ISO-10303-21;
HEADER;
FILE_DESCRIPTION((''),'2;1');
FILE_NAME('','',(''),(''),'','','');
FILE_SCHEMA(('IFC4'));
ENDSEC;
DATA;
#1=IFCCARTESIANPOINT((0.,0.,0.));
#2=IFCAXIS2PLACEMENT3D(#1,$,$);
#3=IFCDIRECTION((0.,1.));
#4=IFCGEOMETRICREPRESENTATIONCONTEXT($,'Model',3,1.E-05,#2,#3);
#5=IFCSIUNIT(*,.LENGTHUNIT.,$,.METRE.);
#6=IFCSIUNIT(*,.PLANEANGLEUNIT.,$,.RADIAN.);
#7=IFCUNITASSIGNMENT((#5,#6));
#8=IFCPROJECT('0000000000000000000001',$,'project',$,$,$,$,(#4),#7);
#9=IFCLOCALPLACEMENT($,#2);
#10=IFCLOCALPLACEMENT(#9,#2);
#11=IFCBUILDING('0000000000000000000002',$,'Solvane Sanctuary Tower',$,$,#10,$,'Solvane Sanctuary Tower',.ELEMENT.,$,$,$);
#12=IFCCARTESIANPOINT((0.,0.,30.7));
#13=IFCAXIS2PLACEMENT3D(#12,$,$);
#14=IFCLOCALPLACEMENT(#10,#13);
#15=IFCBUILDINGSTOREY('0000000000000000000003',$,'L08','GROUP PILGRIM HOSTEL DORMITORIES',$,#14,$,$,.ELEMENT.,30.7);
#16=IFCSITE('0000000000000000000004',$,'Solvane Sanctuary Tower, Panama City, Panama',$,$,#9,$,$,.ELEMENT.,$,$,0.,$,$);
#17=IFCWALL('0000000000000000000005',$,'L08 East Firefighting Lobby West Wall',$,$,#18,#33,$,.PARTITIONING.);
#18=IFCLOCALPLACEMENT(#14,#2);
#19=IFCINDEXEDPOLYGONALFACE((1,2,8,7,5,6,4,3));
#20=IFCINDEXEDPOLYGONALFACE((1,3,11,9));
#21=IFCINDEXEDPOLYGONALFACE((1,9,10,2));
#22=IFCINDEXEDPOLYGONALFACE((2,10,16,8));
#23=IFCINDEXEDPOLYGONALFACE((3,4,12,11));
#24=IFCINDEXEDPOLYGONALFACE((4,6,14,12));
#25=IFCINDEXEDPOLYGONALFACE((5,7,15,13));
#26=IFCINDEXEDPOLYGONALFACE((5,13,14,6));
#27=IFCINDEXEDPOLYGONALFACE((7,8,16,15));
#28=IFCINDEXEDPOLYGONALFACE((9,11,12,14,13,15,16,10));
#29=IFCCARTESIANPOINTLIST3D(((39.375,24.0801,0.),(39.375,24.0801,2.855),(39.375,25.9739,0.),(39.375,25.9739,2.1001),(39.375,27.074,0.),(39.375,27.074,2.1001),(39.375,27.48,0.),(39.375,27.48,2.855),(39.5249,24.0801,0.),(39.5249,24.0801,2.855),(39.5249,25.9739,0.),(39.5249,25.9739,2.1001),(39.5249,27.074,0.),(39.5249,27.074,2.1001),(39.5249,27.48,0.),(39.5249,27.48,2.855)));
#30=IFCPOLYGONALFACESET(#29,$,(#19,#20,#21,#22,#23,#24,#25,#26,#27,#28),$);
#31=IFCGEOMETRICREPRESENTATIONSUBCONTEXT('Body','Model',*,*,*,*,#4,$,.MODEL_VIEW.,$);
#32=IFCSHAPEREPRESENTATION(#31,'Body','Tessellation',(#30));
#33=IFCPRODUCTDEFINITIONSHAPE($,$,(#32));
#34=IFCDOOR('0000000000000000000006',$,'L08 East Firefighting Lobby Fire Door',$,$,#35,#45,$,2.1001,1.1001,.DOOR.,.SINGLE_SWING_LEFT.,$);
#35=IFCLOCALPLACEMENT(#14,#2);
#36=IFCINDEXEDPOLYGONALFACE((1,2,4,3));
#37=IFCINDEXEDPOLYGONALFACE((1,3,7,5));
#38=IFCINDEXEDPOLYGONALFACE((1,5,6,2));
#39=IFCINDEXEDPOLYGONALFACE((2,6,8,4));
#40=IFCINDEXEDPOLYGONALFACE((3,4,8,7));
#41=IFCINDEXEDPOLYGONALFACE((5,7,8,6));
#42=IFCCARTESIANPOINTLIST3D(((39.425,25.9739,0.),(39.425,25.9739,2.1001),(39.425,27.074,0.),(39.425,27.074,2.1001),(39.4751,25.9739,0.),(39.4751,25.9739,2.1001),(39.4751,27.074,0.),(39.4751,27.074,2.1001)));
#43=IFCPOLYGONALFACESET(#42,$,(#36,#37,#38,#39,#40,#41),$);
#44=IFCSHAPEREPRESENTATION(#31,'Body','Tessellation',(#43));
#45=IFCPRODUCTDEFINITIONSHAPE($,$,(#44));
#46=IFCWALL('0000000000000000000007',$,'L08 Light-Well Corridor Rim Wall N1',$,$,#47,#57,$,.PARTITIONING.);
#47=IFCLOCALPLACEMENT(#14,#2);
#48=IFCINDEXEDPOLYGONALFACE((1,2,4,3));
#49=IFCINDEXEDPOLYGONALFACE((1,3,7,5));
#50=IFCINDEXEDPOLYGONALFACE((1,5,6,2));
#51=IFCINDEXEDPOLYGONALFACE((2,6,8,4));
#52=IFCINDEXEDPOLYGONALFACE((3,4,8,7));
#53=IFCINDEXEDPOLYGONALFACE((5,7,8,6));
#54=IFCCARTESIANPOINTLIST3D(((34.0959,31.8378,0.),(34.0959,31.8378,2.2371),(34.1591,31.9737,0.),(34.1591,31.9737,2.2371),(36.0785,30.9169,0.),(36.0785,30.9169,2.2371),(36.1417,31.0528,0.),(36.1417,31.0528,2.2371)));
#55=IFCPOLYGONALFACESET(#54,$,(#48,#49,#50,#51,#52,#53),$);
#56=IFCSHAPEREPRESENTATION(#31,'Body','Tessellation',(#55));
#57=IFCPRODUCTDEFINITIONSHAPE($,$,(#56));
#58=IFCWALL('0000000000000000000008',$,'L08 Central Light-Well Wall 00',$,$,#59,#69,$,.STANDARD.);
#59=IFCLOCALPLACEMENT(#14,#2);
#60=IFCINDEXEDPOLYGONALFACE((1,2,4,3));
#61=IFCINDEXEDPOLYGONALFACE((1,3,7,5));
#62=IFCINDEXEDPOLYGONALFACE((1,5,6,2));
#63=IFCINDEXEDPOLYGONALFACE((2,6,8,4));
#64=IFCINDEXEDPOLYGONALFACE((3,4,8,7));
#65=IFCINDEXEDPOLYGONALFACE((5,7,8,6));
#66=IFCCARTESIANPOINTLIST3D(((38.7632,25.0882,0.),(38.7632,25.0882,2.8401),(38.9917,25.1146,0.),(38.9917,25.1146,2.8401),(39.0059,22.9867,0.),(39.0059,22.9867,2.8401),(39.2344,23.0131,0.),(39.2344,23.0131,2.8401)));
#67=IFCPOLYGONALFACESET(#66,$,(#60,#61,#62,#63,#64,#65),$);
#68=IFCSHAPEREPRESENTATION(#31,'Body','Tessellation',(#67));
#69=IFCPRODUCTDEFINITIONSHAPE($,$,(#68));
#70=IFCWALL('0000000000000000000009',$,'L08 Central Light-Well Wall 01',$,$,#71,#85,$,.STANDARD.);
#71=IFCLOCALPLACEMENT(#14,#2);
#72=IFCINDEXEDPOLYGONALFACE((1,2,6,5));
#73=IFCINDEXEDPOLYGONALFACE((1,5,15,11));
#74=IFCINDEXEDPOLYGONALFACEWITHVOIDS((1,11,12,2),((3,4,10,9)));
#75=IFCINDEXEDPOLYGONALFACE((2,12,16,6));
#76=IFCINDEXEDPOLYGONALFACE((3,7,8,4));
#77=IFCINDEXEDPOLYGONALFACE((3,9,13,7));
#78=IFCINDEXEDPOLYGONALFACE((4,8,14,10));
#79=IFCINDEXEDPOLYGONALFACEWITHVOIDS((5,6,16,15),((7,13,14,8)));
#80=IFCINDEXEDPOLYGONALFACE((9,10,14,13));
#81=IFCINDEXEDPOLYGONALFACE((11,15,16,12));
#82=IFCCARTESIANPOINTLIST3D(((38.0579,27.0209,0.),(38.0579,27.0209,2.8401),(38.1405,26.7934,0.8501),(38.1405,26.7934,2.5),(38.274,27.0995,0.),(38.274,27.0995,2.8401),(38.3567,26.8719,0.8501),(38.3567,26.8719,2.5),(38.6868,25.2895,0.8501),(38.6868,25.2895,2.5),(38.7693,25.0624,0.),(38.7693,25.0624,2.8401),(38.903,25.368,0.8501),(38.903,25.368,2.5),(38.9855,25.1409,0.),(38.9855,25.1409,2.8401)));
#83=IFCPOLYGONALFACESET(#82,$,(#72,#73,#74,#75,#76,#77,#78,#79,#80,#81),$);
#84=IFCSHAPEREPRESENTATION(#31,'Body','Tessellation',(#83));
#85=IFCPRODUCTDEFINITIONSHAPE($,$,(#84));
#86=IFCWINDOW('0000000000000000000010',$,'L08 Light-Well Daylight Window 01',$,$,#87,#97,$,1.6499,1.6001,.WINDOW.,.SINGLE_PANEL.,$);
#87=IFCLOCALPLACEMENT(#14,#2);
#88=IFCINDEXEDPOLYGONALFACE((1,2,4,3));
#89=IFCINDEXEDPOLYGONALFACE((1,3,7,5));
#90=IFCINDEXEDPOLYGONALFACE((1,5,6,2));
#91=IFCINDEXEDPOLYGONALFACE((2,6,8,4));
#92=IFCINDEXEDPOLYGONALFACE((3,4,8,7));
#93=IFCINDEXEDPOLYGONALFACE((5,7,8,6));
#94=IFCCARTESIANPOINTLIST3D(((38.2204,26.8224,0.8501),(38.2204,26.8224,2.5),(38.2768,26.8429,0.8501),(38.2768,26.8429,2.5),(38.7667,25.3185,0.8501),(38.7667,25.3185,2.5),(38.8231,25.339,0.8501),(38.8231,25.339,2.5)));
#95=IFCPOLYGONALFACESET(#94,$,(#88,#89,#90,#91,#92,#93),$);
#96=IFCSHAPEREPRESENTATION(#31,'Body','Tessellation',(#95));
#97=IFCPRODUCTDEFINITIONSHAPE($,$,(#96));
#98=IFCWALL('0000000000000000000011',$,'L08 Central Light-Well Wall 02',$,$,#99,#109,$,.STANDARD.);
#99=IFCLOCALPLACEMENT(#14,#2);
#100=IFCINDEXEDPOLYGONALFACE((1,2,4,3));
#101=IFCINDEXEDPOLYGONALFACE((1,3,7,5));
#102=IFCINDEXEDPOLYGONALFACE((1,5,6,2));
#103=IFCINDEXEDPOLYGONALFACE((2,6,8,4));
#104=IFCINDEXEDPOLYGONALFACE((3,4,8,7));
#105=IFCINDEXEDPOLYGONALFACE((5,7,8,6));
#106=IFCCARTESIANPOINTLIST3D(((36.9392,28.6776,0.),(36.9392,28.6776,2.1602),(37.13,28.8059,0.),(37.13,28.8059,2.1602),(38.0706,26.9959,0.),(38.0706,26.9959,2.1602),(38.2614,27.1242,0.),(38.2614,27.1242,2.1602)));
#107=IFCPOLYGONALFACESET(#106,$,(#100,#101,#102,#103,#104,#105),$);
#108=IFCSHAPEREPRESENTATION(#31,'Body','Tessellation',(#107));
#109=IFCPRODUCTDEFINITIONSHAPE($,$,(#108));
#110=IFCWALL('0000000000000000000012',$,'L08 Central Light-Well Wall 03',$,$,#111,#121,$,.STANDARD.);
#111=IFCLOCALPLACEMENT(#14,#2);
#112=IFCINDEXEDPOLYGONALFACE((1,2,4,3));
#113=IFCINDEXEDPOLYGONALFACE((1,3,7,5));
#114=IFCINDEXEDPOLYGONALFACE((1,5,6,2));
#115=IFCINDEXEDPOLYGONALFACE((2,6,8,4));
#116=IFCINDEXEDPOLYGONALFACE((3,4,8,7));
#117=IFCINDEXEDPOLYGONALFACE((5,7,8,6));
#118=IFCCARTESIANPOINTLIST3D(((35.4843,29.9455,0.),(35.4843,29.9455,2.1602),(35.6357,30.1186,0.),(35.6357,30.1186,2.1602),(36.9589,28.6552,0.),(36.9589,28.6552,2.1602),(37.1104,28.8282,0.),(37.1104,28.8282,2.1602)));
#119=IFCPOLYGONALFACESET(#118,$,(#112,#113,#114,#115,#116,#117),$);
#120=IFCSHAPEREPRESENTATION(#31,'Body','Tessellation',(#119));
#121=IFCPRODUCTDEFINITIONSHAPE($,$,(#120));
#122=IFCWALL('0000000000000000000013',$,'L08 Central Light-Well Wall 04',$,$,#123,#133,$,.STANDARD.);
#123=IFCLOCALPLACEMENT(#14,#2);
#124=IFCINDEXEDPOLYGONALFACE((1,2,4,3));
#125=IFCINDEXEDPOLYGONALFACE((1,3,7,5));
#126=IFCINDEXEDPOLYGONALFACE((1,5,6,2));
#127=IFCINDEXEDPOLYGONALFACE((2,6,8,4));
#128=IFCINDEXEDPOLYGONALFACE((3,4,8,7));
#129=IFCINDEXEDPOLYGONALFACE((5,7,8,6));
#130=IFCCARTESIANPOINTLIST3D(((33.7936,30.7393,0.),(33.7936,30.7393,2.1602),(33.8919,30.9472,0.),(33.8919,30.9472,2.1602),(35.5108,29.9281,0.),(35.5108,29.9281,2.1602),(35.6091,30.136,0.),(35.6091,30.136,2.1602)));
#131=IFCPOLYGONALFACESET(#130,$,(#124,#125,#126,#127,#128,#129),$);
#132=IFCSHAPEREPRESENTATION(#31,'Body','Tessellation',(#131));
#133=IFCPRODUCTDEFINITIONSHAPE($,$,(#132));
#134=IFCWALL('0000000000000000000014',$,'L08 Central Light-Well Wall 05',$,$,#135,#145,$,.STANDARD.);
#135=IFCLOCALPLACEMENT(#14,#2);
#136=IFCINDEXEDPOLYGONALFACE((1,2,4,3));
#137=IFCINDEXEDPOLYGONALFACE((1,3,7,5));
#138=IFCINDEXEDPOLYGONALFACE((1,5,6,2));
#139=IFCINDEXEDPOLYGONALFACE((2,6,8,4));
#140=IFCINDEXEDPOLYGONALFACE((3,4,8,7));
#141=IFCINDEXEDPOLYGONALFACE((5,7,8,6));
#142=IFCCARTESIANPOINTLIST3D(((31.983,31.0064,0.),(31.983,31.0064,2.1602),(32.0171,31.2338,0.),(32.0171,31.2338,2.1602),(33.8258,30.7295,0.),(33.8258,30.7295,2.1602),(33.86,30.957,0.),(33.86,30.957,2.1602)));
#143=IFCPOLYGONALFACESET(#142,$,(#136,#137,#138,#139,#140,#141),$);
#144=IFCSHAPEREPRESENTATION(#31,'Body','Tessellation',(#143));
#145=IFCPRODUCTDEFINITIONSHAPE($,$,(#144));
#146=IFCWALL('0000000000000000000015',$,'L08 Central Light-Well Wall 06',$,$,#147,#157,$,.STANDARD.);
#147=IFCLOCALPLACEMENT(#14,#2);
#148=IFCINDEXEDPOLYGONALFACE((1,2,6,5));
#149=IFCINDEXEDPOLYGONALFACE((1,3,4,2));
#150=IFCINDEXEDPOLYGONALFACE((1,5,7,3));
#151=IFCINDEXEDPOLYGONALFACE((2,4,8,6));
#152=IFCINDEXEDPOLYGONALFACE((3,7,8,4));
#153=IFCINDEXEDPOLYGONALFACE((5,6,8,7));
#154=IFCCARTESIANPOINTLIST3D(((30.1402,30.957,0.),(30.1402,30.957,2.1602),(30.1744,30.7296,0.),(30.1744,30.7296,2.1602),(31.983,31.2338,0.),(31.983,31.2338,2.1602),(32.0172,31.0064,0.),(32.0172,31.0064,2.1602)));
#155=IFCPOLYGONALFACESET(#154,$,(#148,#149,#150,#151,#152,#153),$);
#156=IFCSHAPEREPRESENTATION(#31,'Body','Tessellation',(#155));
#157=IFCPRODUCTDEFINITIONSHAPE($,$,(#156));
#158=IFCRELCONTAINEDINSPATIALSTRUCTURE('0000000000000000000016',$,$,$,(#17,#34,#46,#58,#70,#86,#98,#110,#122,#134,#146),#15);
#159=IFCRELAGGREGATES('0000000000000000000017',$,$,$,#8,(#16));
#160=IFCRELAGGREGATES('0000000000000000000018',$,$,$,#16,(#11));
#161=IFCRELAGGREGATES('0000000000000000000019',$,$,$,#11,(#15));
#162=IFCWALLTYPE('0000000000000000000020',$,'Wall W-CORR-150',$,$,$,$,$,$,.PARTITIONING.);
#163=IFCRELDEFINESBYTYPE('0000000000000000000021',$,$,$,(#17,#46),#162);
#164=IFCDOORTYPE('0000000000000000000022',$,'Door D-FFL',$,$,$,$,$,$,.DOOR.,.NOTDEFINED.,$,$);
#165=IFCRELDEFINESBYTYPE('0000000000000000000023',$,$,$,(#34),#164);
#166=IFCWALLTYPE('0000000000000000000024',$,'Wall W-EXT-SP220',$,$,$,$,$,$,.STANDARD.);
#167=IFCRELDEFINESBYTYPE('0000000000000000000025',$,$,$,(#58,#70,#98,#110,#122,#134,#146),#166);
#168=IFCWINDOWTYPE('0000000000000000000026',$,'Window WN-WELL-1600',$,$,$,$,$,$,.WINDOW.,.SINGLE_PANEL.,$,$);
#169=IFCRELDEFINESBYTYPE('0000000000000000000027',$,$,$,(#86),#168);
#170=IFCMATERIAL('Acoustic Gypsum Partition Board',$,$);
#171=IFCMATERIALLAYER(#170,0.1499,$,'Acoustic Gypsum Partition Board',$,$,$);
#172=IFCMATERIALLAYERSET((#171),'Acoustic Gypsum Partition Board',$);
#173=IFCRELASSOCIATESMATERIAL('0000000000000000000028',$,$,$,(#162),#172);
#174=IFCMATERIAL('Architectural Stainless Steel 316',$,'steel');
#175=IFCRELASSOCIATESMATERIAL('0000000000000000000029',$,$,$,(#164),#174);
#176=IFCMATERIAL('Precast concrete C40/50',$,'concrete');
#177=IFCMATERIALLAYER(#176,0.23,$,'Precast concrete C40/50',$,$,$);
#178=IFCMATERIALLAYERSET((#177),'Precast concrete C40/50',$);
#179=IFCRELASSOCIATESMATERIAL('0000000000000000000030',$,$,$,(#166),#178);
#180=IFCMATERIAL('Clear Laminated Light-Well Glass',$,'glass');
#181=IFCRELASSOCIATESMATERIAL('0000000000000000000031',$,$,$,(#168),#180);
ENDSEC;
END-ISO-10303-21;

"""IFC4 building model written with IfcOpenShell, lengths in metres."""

from ifc_helpers import new_model, si_unit, direction, frame, frame_2d, origin, place, context, subcontext, project, spatial, rectangle, extrude, material, layer, layer_set, type_object, element, fill, save


model = new_model("IFC4")

# Units and contexts
model_context = context("Model", 3, precision=1e-05, world=origin(), true_north=direction((0.0, 1.0)))
body_context = subcontext(model_context, "Body", "Model", "MODEL_VIEW")
ifc_project = project(units=[si_unit("LENGTHUNIT", "METRE"), si_unit("PLANEANGLEUNIT", "RADIAN")], contexts=[model_context])

# Site, building, storey
site_placement = place(None, origin())
site = spatial("IfcSite", under=ifc_project, at=site_placement, Name="Solvane Sanctuary Tower, Panama City, Panama", CompositionType="ELEMENT", RefElevation=0.0)
building_placement = place(site_placement, origin())
building = spatial("IfcBuilding", under=site, at=building_placement, Name="Solvane Sanctuary Tower", LongName="Solvane Sanctuary Tower", CompositionType="ELEMENT")
storey_placement = place(building_placement, frame((0.0, 0.0, 30.7)))
storey = spatial("IfcBuildingStorey", under=building, at=storey_placement, Name="L08", Description="GROUP PILGRIM HOSTEL DORMITORIES", CompositionType="ELEMENT", Elevation=30.7)

# Shared definitions
ifc_material_1 = material(Name="Acoustic Gypsum Partition Board")
ifc_layer_1 = layer(ifc_material_1, 0.1499, Name="Acoustic Gypsum Partition Board")
ifc_layer_set_1 = layer_set([ifc_layer_1], Name="Acoustic Gypsum Partition Board")
wall_type_1 = type_object("IfcWallType", Name="Wall W-CORR-150", PredefinedType="PARTITIONING", material=ifc_layer_set_1)

# Wall, opening, door
wall_1_placement = place(storey_placement, frame((39.45, 24.0801, 0.0), z_axis=(0.0, 0.0, 1.0), x_axis=(0.0, 1.0, 0.0)))
wall_1 = element("IfcWall", 1, at=wall_1_placement, inside=storey, type_object=wall_type_1, Name="L08 East Firefighting Lobby West Wall", PredefinedType="PARTITIONING", context=body_context, shape_type="SweptSolid", body=[
    extrude(rectangle(XDim=3.3999, YDim=0.1499, at=frame_2d((1.7, 0.0))), origin(), (0.0, 0.0, 1.0), 2.855),
])
opening_1_placement = place(wall_1_placement, frame((1.8938, 0.0, 0.0)))
opening_1 = element("IfcOpeningElement", 2, at=opening_1_placement, cuts=wall_1, PredefinedType="OPENING", context=body_context, shape_type="SweptSolid", body=[
    extrude(rectangle(XDim=1.1001, YDim=2.1001, at=frame_2d((0.55, 1.05))), frame((0.0, 0.085, 0.0), z_axis=(0.0, -1.0, 0.0), x_axis=(1.0, 0.0, 0.0)), (0.0, 0.0, 1.0), 0.1699),
])
ifc_material_2 = material(Name="Architectural Stainless Steel 316", Category="steel")
door_type = type_object("IfcDoorType", Name="Door D-FFL", OperationType="NOTDEFINED", PredefinedType="DOOR", material=ifc_material_2)
door_placement = place(opening_1_placement, origin())
door = element("IfcDoor", 3, at=door_placement, inside=storey, type_object=door_type, Name="L08 East Firefighting Lobby Fire Door", OperationType="SINGLE_SWING_LEFT", OverallHeight=2.1001, OverallWidth=1.1001, PredefinedType="DOOR", context=body_context, shape_type="SweptSolid", body=[
    extrude(rectangle(XDim=1.1001, YDim=2.1001, at=frame_2d((0.55, 1.05))), frame((0.0, 0.0249, 0.0), z_axis=(0.0, -1.0, 0.0), x_axis=(1.0, 0.0, 0.0)), (0.0, 0.0, 1.0), 0.05),
])
fill(opening_1, door)

# Walls
wall_2_placement = place(storey_placement, frame((36.1101, 30.9849, 0.0), z_axis=(0.0, 0.0, 1.0), x_axis=(-0.906943, 0.421252, 0.0)))
element("IfcWall", 4, at=wall_2_placement, inside=storey, type_object=wall_type_1, Name="L08 Light-Well Corridor Rim Wall N1", PredefinedType="PARTITIONING", context=body_context, shape_type="SweptSolid", body=[
    extrude(rectangle(XDim=2.186, YDim=0.1499, at=frame_2d((1.093, 0.0))), origin(), (0.0, 0.0, 1.0), 2.2371),
])
ifc_material_3 = material(Name="Precast concrete C40/50", Category="concrete")
ifc_layer_2 = layer(ifc_material_3, 0.23, Name="Precast concrete C40/50")
ifc_layer_set_2 = layer_set([ifc_layer_2], Name="Precast concrete C40/50")
wall_type_2 = type_object("IfcWallType", Name="Wall W-EXT-SP220", PredefinedType="STANDARD", material=ifc_layer_set_2)
wall_3_placement = place(storey_placement, frame((39.1201, 23.0, 0.0), z_axis=(0.0, 0.0, 1.0), x_axis=(-0.114712, 0.993399, 0.0)))
element("IfcWall", 5, at=wall_3_placement, inside=storey, type_object=wall_type_2, Name="L08 Central Light-Well Wall 00", PredefinedType="STANDARD", context=body_context, shape_type="SweptSolid", body=[
    extrude(rectangle(XDim=2.1155, YDim=0.23, at=frame_2d((1.0576, 0.0))), origin(), (0.0, 0.0, 1.0), 2.8401),
])

# Wall, opening, window
wall_4_placement = place(storey_placement, frame((38.8774, 25.1016, 0.0), z_axis=(0.0, 0.0, 1.0), x_axis=(-0.341423, 0.93991, 0.0)))
wall_4 = element("IfcWall", 6, at=wall_4_placement, inside=storey, type_object=wall_type_2, Name="L08 Central Light-Well Wall 01", PredefinedType="STANDARD", context=body_context, shape_type="SweptSolid", body=[
    extrude(rectangle(XDim=2.0837, YDim=0.23, at=frame_2d((1.042, 0.0))), origin(), (0.0, 0.0, 1.0), 2.8401),
])
opening_2_placement = place(wall_4_placement, frame((0.2417, 0.0, 0.8501)))
opening_2 = element("IfcOpeningElement", 7, at=opening_2_placement, cuts=wall_4, PredefinedType="OPENING", context=body_context, shape_type="SweptSolid", body=[
    extrude(rectangle(XDim=1.6001, YDim=1.6499, at=frame_2d((0.8, 0.825))), frame((0.0, 0.125, 0.0), z_axis=(0.0, -1.0, 0.0), x_axis=(1.0, 0.0, 0.0)), (0.0, 0.0, 1.0), 0.25),
])
ifc_material_4 = material(Name="Clear Laminated Light-Well Glass", Category="glass")
window_type = type_object("IfcWindowType", Name="Window WN-WELL-1600", PartitioningType="SINGLE_PANEL", PredefinedType="WINDOW", material=ifc_material_4)
window_placement = place(opening_2_placement, origin())
window = element("IfcWindow", 8, at=window_placement, inside=storey, type_object=window_type, Name="L08 Light-Well Daylight Window 01", OverallHeight=1.6499, OverallWidth=1.6001, PartitioningType="SINGLE_PANEL", PredefinedType="WINDOW", context=body_context, shape_type="SweptSolid", body=[
    extrude(rectangle(XDim=1.6001, YDim=1.6499, at=frame_2d((0.8, 0.825))), frame((0.0, 0.03, 0.0), z_axis=(0.0, -1.0, 0.0), x_axis=(1.0, 0.0, 0.0)), (0.0, 0.0, 1.0), 0.0601),
])
fill(opening_2, window)

# Walls
wall_5_placement = place(storey_placement, frame((38.166, 27.0601, 0.0), z_axis=(0.0, 0.0, 1.0), x_axis=(-0.558198, 0.829708, 0.0)))
element("IfcWall", 9, at=wall_5_placement, inside=storey, type_object=wall_type_2, Name="L08 Central Light-Well Wall 02", PredefinedType="STANDARD", context=body_context, shape_type="SweptSolid", body=[
    extrude(rectangle(XDim=2.0269, YDim=0.23, at=frame_2d((1.0134, 0.0))), origin(), (0.0, 0.0, 1.0), 2.1602),
])
wall_6_placement = place(storey_placement, frame((37.0347, 28.7417, 0.0), z_axis=(0.0, 0.0, 1.0), x_axis=(-0.752577, 0.658505, 0.0)))
element("IfcWall", 10, at=wall_6_placement, inside=storey, type_object=wall_type_2, Name="L08 Central Light-Well Wall 03", PredefinedType="STANDARD", context=body_context, shape_type="SweptSolid", body=[
    extrude(rectangle(XDim=1.9595, YDim=0.23, at=frame_2d((0.9797, 0.0))), origin(), (0.0, 0.0, 1.0), 2.1602),
])
wall_7_placement = place(storey_placement, frame((35.5601, 30.032, 0.0), z_axis=(0.0, 0.0, 1.0), x_axis=(-0.90418, 0.427152, 0.0)))
element("IfcWall", 11, at=wall_7_placement, inside=storey, type_object=wall_type_2, Name="L08 Central Light-Well Wall 04", PredefinedType="STANDARD", context=body_context, shape_type="SweptSolid", body=[
    extrude(rectangle(XDim=1.8992, YDim=0.23, at=frame_2d((0.9497, 0.0))), origin(), (0.0, 0.0, 1.0), 2.1602),
])
for number, where, z_axis, x_axis, name in (
    (12, (33.8428, 30.8433, 0.0), (0.0, 0.0, 1.0), (-0.988902, 0.148571, 0.0), "L08 Central Light-Well Wall 05"),
    (13, (32.0, 31.1201, 0.0), (0.0, 0.0, 1.0), (-0.988902, -0.148571, 0.0), "L08 Central Light-Well Wall 06"),
):
    element("IfcWall", number, at=place(storey_placement, frame(where, z_axis=z_axis, x_axis=x_axis)), inside=storey, type_object=wall_type_2, Name=name, PredefinedType="STANDARD", context=body_context, shape_type="SweptSolid", body=[
        extrude(rectangle(XDim=1.8635, YDim=0.23, at=frame_2d((0.9316, 0.0))), origin(), (0.0, 0.0, 1.0), 2.1602),
    ])

save(model, "model.ifc")
